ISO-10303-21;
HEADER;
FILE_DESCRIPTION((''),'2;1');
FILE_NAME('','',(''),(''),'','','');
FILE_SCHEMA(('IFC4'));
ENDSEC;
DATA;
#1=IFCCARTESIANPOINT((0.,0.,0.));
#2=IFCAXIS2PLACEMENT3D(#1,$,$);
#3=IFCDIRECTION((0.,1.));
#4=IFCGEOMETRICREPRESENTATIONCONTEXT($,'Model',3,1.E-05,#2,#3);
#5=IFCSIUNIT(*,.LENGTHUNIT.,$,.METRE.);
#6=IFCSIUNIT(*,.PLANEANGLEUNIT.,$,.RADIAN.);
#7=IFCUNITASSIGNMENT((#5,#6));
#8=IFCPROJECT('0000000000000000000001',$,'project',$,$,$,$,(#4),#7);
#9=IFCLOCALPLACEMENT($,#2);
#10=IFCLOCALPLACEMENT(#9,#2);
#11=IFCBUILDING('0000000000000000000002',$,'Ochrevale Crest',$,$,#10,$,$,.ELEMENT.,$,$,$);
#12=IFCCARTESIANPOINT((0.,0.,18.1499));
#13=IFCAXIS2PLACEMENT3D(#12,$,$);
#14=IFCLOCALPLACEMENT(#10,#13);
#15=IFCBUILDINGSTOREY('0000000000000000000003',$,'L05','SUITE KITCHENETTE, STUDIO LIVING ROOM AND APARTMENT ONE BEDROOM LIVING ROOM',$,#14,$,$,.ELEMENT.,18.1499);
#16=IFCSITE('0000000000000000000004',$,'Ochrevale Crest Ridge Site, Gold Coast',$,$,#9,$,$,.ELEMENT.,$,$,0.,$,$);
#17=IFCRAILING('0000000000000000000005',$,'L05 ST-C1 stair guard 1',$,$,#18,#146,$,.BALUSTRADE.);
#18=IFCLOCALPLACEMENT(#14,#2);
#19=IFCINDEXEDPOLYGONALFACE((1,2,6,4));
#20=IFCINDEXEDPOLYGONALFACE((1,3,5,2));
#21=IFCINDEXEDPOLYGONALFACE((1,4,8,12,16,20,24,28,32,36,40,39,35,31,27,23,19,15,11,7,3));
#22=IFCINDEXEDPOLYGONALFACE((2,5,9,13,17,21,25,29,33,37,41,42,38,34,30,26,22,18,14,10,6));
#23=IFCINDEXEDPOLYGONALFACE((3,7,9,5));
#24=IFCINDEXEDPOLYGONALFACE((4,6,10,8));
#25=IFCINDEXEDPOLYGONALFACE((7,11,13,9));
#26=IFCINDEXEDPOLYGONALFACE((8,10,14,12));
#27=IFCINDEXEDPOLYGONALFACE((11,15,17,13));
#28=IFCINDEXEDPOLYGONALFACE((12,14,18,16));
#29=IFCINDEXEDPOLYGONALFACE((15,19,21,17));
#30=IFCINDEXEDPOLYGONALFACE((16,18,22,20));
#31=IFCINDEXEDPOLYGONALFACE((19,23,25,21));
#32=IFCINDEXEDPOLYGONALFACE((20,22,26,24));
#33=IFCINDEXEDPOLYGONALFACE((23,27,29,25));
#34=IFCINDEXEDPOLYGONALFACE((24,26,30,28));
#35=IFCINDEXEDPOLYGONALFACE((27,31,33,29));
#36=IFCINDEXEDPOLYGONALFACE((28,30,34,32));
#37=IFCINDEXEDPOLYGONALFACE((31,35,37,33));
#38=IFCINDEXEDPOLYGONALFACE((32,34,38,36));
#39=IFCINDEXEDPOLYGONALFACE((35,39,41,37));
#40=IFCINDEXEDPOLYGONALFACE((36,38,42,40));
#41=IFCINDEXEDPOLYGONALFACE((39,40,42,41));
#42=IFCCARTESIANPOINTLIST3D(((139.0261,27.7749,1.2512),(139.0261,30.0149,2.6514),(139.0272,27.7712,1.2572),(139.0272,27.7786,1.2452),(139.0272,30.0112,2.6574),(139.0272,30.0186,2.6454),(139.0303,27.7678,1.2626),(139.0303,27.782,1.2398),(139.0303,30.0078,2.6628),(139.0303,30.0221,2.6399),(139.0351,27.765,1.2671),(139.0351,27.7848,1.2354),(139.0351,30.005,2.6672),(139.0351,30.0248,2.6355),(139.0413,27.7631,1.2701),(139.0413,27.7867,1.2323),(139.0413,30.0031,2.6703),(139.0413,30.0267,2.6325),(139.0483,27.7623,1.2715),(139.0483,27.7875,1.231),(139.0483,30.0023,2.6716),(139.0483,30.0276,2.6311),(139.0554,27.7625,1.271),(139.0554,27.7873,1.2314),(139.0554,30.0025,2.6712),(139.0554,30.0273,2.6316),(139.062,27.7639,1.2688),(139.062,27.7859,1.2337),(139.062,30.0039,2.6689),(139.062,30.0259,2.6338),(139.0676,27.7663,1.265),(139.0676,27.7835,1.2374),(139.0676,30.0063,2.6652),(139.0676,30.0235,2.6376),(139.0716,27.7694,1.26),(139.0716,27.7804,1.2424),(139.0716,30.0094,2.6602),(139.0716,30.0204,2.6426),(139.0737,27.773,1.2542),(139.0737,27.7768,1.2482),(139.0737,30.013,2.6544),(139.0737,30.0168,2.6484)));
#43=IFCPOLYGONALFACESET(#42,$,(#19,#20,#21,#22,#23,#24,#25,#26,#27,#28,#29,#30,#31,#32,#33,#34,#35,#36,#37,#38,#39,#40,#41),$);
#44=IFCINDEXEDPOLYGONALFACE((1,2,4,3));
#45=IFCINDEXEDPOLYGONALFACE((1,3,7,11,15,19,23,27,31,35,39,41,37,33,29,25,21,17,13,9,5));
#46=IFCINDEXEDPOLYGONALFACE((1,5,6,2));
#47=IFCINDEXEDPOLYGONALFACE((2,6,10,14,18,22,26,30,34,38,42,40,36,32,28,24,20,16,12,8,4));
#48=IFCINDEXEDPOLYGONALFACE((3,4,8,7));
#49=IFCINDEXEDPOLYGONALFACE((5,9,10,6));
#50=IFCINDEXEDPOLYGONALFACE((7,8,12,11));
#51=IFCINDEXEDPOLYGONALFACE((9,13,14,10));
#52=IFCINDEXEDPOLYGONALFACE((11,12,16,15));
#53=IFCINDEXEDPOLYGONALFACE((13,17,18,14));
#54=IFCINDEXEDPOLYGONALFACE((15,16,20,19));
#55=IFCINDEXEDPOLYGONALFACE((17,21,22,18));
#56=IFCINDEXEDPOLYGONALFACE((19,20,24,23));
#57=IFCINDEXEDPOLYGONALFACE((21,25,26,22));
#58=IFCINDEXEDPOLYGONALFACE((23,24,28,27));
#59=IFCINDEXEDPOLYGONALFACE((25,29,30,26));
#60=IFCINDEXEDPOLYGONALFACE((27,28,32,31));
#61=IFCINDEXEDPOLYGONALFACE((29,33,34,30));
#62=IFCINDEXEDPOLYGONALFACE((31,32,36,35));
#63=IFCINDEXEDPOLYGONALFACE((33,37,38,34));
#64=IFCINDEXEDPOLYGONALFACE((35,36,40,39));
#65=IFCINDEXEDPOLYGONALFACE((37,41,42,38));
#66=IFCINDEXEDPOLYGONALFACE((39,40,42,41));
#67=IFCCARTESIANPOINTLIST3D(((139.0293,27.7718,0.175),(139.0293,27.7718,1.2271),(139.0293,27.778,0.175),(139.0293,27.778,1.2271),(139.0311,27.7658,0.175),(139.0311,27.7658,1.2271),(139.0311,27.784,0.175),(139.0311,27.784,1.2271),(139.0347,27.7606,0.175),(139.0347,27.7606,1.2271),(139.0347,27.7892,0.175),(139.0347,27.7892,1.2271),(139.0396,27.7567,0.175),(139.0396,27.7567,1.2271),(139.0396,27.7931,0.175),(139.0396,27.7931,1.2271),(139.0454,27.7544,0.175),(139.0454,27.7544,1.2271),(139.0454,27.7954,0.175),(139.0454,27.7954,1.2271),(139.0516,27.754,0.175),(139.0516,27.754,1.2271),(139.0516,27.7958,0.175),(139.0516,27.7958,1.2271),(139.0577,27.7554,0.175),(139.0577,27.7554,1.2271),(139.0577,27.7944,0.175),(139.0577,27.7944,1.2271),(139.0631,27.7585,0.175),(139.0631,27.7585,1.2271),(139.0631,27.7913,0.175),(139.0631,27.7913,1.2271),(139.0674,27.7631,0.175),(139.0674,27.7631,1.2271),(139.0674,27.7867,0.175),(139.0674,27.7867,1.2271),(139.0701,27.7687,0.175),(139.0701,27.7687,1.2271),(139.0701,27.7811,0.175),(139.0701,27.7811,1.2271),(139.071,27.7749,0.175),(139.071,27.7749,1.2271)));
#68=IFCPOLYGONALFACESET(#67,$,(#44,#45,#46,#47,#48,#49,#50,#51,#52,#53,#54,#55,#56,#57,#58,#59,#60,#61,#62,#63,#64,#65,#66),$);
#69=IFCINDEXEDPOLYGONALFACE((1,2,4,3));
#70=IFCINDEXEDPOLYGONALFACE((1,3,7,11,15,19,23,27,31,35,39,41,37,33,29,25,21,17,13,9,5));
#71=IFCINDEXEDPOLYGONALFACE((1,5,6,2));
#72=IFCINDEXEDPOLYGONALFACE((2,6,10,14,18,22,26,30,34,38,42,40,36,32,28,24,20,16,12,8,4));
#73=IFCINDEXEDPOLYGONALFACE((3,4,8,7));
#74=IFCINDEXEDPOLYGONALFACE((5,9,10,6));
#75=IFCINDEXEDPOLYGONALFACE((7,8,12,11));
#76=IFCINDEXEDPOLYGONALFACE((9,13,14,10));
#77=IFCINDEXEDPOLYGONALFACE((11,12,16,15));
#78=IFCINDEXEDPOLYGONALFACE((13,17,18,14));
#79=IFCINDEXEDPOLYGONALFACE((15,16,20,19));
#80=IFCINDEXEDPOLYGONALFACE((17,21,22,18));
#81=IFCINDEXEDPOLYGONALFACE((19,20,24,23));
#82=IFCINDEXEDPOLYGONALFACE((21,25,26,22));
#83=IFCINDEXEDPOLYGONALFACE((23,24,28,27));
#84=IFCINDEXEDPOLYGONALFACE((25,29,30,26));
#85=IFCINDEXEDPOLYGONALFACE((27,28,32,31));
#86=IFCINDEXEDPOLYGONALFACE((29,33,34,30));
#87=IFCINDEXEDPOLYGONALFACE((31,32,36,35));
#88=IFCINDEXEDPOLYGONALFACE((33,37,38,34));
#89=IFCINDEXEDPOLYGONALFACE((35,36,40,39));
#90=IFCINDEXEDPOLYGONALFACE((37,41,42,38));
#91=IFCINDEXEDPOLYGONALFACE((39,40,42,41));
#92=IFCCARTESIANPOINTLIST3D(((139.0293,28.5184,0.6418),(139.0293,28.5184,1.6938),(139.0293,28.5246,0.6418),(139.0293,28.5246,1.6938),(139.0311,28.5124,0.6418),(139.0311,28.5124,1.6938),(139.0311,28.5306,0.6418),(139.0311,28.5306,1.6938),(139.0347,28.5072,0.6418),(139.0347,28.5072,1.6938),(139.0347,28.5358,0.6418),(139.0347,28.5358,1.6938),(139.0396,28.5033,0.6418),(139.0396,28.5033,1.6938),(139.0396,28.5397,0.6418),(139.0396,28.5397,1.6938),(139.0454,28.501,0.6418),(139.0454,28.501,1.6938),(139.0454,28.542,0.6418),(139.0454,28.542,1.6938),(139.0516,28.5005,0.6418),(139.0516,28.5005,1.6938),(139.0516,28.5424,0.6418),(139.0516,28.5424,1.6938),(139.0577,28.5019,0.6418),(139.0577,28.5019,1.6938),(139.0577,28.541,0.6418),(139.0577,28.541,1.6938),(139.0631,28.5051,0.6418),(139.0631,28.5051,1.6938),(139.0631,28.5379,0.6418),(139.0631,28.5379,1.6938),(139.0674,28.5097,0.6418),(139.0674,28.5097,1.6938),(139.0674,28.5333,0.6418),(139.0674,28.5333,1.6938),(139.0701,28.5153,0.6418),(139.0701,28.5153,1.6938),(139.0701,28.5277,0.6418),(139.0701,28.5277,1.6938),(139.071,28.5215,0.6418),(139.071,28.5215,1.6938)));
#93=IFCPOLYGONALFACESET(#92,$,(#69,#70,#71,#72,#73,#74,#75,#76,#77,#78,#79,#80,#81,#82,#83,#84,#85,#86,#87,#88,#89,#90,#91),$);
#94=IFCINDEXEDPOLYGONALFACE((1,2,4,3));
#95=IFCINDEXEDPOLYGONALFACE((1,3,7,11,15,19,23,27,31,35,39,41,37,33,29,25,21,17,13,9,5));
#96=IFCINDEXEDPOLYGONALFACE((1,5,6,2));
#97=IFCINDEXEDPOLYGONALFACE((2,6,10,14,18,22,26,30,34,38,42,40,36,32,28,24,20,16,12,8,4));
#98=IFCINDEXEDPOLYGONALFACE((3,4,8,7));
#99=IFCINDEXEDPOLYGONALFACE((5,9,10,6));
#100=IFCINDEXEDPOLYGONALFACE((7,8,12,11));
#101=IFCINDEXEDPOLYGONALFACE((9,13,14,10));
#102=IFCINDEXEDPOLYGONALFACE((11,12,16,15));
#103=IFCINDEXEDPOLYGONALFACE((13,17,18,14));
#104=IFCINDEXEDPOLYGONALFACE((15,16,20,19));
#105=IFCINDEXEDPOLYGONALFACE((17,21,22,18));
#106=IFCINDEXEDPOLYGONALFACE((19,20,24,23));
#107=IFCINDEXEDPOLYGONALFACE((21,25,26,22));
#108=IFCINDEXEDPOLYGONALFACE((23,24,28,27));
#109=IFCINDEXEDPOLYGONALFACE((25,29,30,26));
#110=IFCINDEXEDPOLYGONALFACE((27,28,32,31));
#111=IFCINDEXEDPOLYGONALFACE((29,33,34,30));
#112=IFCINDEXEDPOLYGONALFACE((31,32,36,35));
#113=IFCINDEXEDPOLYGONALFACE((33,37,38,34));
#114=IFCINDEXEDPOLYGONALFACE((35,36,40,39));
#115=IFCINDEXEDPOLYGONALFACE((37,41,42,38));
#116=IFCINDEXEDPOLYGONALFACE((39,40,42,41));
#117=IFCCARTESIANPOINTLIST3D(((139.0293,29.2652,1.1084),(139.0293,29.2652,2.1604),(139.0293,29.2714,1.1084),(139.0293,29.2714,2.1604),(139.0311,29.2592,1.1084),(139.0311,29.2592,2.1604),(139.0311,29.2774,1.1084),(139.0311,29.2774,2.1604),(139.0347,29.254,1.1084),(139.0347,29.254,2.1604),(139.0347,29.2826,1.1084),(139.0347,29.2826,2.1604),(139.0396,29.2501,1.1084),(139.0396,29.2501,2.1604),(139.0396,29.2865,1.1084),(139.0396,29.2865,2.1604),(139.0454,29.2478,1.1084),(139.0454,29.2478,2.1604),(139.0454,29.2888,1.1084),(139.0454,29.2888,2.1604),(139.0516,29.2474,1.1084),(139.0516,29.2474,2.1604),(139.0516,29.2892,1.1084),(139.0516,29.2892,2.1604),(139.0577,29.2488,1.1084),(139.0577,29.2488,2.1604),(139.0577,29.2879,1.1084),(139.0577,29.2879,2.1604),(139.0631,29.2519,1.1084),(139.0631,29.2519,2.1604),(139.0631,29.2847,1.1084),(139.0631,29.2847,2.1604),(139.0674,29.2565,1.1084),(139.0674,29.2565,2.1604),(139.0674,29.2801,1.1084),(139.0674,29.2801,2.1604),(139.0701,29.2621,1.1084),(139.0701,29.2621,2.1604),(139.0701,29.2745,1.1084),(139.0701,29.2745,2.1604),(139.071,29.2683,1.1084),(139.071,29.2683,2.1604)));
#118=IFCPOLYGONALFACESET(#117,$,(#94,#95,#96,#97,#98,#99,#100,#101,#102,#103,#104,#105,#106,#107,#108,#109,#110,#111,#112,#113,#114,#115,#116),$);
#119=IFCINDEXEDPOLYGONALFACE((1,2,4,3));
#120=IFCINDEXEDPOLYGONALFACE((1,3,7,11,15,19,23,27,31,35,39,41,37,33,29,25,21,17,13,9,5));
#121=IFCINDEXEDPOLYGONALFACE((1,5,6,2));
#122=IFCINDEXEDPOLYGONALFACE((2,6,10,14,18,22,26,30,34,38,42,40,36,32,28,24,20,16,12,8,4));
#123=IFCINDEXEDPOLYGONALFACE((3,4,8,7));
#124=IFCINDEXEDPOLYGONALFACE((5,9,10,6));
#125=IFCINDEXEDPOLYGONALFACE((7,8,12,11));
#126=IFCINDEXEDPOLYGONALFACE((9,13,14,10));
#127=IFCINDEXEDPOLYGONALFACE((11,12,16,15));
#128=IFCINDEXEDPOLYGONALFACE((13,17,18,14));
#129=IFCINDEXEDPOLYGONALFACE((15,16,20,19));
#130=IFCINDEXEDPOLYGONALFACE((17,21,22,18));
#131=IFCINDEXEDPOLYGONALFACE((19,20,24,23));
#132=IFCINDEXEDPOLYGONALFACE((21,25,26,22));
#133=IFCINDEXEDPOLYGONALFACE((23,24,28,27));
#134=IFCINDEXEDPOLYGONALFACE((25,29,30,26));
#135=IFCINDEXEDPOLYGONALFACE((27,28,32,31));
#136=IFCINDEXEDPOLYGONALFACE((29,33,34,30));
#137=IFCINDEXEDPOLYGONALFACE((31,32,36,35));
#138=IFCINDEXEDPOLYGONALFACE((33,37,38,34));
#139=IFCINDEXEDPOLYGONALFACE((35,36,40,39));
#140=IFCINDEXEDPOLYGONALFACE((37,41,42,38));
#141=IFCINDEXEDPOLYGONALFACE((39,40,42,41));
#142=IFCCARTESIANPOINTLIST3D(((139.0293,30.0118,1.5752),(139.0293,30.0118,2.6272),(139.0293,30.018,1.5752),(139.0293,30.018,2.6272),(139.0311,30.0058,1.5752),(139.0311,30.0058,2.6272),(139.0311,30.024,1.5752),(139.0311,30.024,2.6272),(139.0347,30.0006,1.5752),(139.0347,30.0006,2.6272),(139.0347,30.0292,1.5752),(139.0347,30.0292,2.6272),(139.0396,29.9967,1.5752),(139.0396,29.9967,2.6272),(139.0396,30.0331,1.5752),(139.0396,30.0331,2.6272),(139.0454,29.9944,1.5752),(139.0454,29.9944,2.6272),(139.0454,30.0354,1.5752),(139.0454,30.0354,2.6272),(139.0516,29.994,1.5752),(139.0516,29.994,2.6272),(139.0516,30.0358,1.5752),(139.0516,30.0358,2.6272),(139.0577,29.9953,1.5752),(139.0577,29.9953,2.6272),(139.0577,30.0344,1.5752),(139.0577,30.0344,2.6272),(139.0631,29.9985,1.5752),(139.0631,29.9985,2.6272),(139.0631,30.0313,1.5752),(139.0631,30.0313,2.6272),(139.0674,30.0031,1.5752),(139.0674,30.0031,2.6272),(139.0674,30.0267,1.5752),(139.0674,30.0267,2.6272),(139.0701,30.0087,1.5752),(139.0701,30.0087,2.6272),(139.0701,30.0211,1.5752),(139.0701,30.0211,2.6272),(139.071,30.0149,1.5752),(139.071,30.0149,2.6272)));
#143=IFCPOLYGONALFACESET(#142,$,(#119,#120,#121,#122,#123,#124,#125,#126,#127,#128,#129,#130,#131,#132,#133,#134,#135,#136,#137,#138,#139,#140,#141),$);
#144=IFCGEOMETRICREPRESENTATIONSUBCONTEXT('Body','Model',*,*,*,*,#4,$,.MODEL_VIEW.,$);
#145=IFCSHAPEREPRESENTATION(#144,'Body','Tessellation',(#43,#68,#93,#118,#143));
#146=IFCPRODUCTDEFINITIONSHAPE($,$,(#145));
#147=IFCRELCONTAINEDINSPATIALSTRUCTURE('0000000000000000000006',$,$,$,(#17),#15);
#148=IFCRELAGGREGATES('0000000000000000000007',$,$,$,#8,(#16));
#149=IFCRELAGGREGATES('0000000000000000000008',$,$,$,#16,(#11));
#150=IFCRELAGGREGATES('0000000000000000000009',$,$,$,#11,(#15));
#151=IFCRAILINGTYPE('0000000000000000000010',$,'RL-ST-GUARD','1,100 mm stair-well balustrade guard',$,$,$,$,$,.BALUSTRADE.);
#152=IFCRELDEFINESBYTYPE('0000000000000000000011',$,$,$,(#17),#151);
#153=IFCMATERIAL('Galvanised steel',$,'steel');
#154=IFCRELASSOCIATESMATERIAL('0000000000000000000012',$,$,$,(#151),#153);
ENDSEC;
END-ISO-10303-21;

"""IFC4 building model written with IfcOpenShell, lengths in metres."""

from ifc_helpers import new_model, si_unit, direction, frame, origin, origin_2d, place, context, subcontext, project, spatial, circle, extrude, material, type_object, element, save


model = new_model("IFC4")

# Units and contexts
model_context = context("Model", 3, precision=1e-05, world=origin(), true_north=direction((0.0, 1.0)))
body_context = subcontext(model_context, "Body", "Model", "MODEL_VIEW")
ifc_project = project(units=[si_unit("LENGTHUNIT", "METRE"), si_unit("PLANEANGLEUNIT", "RADIAN")], contexts=[model_context])

# Site, building, storey
site_placement = place(None, origin())
site = spatial("IfcSite", under=ifc_project, at=site_placement, Name="Ochrevale Crest Ridge Site, Gold Coast", CompositionType="ELEMENT", RefElevation=0.0)
building_placement = place(site_placement, origin())
building = spatial("IfcBuilding", under=site, at=building_placement, Name="Ochrevale Crest", CompositionType="ELEMENT")
storey_placement = place(building_placement, frame((0.0, 0.0, 18.1499)))
storey = spatial("IfcBuildingStorey", under=building, at=storey_placement, Name="L05", Description="SUITE KITCHENETTE, STUDIO LIVING ROOM AND APARTMENT ONE BEDROOM LIVING ROOM", CompositionType="ELEMENT", Elevation=18.1499)

# Railing
ifc_material_1 = material(Name="Galvanised steel", Category="steel")
railing_type_1 = type_object("IfcRailingType", Name="RL-ST-GUARD", Description="1,100 mm stair-well balustrade guard", PredefinedType="BALUSTRADE", material=ifc_material_1)
railing_1_placement = place(storey_placement, frame((139.05, 27.7749, 0.175)))
element("IfcRailing", 1, at=railing_1_placement, inside=storey, type_object=railing_type_1, Name="L05 ST-C1 stair guard 1", PredefinedType="BALUSTRADE", context=body_context, shape_type="SweptSolid", body=[
    extrude(circle(Radius=0.0239, at=origin_2d()), frame((0.0, 0.0, 1.0762), z_axis=(0.0, 0.847972, 0.53004), x_axis=(-1.0, 0.0, 0.0)), (0.0, 0.0, 1.0), 2.6416),
    extrude(circle(Radius=0.021, at=origin_2d()), origin(), (0.0, 0.0, 1.0), 1.052),
    extrude(circle(Radius=0.021, at=origin_2d()), frame((0.0, 0.7466, 0.4668)), (0.0, 0.0, 1.0), 1.052),
    extrude(circle(Radius=0.021, at=origin_2d()), frame((0.0, 1.4934, 0.9333)), (0.0, 0.0, 1.0), 1.052),
    extrude(circle(Radius=0.021, at=origin_2d()), frame((0.0, 2.24, 1.4001)), (0.0, 0.0, 1.0), 1.052),
])

save(model, "model.ifc")
